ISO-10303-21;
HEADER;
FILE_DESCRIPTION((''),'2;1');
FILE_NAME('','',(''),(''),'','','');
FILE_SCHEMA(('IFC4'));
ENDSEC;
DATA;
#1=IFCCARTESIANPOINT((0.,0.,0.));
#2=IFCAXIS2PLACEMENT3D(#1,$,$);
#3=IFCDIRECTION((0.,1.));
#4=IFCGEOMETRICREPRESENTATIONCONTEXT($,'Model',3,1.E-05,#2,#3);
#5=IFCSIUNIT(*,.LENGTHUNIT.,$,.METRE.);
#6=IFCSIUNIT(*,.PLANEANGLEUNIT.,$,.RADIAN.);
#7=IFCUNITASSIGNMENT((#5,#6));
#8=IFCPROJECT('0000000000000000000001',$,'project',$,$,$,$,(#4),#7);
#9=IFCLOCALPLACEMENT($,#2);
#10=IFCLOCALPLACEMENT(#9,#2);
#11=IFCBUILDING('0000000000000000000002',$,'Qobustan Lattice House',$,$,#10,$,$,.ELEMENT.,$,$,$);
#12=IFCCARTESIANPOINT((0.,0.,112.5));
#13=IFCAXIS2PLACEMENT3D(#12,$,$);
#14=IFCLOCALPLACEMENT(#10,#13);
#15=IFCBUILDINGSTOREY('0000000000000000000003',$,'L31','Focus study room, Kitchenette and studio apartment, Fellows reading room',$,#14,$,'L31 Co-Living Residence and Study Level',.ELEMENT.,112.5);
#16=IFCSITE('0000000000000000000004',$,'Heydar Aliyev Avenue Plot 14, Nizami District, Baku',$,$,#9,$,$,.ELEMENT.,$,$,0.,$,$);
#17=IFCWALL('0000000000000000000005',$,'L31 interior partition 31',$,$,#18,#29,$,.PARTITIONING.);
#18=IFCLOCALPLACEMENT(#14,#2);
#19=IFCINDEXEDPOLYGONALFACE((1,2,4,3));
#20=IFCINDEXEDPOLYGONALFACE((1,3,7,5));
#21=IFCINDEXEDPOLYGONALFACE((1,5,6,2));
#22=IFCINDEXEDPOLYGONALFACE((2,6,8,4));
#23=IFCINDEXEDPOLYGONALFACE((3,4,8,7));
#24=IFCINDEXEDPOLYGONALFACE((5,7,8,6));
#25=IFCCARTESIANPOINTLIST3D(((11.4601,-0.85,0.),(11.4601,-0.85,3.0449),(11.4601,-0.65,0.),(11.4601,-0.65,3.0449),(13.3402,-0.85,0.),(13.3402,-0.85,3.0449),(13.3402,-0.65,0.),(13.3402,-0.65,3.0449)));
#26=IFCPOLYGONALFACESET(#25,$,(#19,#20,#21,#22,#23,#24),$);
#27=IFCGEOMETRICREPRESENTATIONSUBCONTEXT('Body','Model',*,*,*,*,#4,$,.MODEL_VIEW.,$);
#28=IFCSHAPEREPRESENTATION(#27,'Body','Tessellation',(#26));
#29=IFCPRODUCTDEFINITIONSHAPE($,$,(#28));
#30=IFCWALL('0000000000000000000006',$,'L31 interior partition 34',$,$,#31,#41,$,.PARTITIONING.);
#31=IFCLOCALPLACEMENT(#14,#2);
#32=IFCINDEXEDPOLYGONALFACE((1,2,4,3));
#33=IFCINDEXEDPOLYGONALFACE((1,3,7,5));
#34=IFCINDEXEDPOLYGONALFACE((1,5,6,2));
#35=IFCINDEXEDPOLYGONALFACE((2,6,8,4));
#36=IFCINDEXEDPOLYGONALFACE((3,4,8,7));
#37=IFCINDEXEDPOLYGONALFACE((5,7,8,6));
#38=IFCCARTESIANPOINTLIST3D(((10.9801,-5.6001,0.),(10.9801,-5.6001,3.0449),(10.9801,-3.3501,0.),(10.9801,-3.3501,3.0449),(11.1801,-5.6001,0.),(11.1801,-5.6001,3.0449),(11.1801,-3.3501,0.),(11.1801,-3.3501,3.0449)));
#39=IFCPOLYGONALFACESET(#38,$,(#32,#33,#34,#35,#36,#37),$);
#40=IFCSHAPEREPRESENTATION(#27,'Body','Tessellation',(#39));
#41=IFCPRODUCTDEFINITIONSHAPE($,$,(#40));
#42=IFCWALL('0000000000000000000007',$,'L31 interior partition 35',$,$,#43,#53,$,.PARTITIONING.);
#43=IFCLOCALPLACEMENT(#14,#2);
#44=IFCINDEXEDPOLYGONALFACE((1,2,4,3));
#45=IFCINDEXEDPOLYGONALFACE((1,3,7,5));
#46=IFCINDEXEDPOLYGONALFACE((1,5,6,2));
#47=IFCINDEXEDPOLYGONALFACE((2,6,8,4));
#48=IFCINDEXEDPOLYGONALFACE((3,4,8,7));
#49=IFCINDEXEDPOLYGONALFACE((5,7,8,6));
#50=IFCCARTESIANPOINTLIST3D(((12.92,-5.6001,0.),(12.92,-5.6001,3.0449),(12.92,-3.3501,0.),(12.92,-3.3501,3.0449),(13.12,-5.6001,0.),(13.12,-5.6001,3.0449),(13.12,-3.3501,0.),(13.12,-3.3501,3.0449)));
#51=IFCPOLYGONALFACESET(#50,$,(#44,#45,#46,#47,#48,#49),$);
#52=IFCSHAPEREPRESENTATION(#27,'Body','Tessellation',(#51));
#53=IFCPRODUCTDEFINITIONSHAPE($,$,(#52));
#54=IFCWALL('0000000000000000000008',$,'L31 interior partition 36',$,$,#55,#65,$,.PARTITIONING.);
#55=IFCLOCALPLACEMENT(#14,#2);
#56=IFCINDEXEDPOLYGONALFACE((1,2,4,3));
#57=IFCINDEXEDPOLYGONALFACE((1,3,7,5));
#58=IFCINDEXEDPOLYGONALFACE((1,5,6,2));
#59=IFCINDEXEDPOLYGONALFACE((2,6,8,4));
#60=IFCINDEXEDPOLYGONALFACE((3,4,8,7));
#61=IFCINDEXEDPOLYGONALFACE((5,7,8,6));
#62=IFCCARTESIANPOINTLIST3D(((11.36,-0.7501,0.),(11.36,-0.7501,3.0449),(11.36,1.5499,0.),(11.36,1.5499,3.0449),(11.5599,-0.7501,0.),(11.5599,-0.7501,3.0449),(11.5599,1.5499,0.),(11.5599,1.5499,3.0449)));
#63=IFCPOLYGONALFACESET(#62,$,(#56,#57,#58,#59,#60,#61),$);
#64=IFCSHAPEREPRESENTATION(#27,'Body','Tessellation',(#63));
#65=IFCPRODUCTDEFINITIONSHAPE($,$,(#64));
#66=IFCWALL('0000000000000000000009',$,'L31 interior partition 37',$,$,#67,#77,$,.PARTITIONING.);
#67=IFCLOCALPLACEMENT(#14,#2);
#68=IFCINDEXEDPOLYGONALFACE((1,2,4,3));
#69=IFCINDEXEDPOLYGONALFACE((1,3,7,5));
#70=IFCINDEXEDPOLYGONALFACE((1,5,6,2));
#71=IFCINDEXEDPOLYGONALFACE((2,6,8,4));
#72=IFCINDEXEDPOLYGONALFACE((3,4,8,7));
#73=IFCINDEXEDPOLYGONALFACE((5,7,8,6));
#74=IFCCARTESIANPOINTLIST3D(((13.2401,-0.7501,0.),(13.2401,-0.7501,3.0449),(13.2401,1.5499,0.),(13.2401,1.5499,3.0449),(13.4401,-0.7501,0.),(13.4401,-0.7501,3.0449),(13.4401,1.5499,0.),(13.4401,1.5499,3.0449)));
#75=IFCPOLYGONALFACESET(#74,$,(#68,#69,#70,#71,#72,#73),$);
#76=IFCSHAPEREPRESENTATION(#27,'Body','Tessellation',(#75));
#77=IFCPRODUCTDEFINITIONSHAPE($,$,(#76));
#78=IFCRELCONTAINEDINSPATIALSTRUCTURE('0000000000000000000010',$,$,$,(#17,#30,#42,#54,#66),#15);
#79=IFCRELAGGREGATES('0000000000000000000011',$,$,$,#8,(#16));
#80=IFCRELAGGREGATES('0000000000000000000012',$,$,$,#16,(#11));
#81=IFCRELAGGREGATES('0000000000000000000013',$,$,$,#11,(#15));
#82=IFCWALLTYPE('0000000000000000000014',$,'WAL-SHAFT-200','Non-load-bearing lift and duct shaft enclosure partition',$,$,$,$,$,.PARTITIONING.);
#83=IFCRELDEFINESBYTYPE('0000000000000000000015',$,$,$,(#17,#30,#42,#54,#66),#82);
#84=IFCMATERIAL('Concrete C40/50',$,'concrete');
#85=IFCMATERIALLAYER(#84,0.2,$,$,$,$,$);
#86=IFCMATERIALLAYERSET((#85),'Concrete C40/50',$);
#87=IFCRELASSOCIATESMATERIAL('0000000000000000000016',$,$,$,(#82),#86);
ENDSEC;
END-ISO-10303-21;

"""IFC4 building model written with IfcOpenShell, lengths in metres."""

from ifc_helpers import new_model, si_unit, direction, frame, frame_2d, origin, place, context, subcontext, project, spatial, rectangle, extrude, material, layer, layer_set, type_object, element, save


model = new_model("IFC4")

# Units and contexts
model_context = context("Model", 3, precision=1e-05, world=origin(), true_north=direction((0.0, 1.0)))
body_context = subcontext(model_context, "Body", "Model", "MODEL_VIEW")
ifc_project = project(units=[si_unit("LENGTHUNIT", "METRE"), si_unit("PLANEANGLEUNIT", "RADIAN")], contexts=[model_context])

# Site, building, storey
site_placement = place(None, origin())
site = spatial("IfcSite", under=ifc_project, at=site_placement, Name="Heydar Aliyev Avenue Plot 14, Nizami District, Baku", CompositionType="ELEMENT", RefElevation=0.0)
building_placement = place(site_placement, origin())
building = spatial("IfcBuilding", under=site, at=building_placement, Name="Qobustan Lattice House", CompositionType="ELEMENT")
storey_placement = place(building_placement, frame((0.0, 0.0, 112.5)))
storey = spatial("IfcBuildingStorey", under=building, at=storey_placement, Name="L31", Description="Focus study room, Kitchenette and studio apartment, Fellows reading room", LongName="L31 Co-Living Residence and Study Level", CompositionType="ELEMENT", Elevation=112.5)

# Walls
ifc_material_1 = material(Name="Concrete C40/50", Category="concrete")
ifc_layer_1 = layer(ifc_material_1, 0.2)
ifc_layer_set_1 = layer_set([ifc_layer_1], Name="Concrete C40/50")
wall_type_1 = type_object("IfcWallType", Name="WAL-SHAFT-200", Description="Non-load-bearing lift and duct shaft enclosure partition", PredefinedType="PARTITIONING", material=ifc_layer_set_1)
wall_1_placement = place(storey_placement, frame((13.3401, -0.75, 0.0), z_axis=(0.0, 0.0, 1.0), x_axis=(-1.0, 0.0, 0.0)))
element("IfcWall", 1, at=wall_1_placement, inside=storey, type_object=wall_type_1, Name="L31 interior partition 31", PredefinedType="PARTITIONING", context=body_context, shape_type="SweptSolid", body=[
    extrude(rectangle(XDim=1.8801, YDim=0.2, at=frame_2d((0.9399, 0.0))), origin(), (0.0, 0.0, 1.0), 3.0449),
])
for number, where, z_axis, x_axis, name in (
    (2, (11.0801, -5.6001, 0.0), (0.0, 0.0, 1.0), (0.0, 1.0, 0.0), "L31 interior partition 34"),
    (3, (13.02, -5.6001, 0.0), (0.0, 0.0, 1.0), (0.0, 1.0, 0.0), "L31 interior partition 35"),
):
    element("IfcWall", number, at=place(storey_placement, frame(where, z_axis=z_axis, x_axis=x_axis)), inside=storey, type_object=wall_type_1, Name=name, PredefinedType="PARTITIONING", context=body_context, shape_type="SweptSolid", body=[
        extrude(rectangle(XDim=2.25, YDim=0.2, at=frame_2d((1.125, 0.0))), origin(), (0.0, 0.0, 1.0), 3.0449),
    ])
for number, where, z_axis, x_axis, name in (
    (4, (11.46, -0.75, 0.0), (0.0, 0.0, 1.0), (0.0, 1.0, 0.0), "L31 interior partition 36"),
    (5, (13.3401, -0.75, 0.0), (0.0, 0.0, 1.0), (0.0, 1.0, 0.0), "L31 interior partition 37"),
):
    element("IfcWall", number, at=place(storey_placement, frame(where, z_axis=z_axis, x_axis=x_axis)), inside=storey, type_object=wall_type_1, Name=name, PredefinedType="PARTITIONING", context=body_context, shape_type="SweptSolid", body=[
        extrude(rectangle(XDim=2.3, YDim=0.2, at=frame_2d((1.1499, 0.0))), origin(), (0.0, 0.0, 1.0), 3.0449),
    ])

save(model, "model.ifc")
